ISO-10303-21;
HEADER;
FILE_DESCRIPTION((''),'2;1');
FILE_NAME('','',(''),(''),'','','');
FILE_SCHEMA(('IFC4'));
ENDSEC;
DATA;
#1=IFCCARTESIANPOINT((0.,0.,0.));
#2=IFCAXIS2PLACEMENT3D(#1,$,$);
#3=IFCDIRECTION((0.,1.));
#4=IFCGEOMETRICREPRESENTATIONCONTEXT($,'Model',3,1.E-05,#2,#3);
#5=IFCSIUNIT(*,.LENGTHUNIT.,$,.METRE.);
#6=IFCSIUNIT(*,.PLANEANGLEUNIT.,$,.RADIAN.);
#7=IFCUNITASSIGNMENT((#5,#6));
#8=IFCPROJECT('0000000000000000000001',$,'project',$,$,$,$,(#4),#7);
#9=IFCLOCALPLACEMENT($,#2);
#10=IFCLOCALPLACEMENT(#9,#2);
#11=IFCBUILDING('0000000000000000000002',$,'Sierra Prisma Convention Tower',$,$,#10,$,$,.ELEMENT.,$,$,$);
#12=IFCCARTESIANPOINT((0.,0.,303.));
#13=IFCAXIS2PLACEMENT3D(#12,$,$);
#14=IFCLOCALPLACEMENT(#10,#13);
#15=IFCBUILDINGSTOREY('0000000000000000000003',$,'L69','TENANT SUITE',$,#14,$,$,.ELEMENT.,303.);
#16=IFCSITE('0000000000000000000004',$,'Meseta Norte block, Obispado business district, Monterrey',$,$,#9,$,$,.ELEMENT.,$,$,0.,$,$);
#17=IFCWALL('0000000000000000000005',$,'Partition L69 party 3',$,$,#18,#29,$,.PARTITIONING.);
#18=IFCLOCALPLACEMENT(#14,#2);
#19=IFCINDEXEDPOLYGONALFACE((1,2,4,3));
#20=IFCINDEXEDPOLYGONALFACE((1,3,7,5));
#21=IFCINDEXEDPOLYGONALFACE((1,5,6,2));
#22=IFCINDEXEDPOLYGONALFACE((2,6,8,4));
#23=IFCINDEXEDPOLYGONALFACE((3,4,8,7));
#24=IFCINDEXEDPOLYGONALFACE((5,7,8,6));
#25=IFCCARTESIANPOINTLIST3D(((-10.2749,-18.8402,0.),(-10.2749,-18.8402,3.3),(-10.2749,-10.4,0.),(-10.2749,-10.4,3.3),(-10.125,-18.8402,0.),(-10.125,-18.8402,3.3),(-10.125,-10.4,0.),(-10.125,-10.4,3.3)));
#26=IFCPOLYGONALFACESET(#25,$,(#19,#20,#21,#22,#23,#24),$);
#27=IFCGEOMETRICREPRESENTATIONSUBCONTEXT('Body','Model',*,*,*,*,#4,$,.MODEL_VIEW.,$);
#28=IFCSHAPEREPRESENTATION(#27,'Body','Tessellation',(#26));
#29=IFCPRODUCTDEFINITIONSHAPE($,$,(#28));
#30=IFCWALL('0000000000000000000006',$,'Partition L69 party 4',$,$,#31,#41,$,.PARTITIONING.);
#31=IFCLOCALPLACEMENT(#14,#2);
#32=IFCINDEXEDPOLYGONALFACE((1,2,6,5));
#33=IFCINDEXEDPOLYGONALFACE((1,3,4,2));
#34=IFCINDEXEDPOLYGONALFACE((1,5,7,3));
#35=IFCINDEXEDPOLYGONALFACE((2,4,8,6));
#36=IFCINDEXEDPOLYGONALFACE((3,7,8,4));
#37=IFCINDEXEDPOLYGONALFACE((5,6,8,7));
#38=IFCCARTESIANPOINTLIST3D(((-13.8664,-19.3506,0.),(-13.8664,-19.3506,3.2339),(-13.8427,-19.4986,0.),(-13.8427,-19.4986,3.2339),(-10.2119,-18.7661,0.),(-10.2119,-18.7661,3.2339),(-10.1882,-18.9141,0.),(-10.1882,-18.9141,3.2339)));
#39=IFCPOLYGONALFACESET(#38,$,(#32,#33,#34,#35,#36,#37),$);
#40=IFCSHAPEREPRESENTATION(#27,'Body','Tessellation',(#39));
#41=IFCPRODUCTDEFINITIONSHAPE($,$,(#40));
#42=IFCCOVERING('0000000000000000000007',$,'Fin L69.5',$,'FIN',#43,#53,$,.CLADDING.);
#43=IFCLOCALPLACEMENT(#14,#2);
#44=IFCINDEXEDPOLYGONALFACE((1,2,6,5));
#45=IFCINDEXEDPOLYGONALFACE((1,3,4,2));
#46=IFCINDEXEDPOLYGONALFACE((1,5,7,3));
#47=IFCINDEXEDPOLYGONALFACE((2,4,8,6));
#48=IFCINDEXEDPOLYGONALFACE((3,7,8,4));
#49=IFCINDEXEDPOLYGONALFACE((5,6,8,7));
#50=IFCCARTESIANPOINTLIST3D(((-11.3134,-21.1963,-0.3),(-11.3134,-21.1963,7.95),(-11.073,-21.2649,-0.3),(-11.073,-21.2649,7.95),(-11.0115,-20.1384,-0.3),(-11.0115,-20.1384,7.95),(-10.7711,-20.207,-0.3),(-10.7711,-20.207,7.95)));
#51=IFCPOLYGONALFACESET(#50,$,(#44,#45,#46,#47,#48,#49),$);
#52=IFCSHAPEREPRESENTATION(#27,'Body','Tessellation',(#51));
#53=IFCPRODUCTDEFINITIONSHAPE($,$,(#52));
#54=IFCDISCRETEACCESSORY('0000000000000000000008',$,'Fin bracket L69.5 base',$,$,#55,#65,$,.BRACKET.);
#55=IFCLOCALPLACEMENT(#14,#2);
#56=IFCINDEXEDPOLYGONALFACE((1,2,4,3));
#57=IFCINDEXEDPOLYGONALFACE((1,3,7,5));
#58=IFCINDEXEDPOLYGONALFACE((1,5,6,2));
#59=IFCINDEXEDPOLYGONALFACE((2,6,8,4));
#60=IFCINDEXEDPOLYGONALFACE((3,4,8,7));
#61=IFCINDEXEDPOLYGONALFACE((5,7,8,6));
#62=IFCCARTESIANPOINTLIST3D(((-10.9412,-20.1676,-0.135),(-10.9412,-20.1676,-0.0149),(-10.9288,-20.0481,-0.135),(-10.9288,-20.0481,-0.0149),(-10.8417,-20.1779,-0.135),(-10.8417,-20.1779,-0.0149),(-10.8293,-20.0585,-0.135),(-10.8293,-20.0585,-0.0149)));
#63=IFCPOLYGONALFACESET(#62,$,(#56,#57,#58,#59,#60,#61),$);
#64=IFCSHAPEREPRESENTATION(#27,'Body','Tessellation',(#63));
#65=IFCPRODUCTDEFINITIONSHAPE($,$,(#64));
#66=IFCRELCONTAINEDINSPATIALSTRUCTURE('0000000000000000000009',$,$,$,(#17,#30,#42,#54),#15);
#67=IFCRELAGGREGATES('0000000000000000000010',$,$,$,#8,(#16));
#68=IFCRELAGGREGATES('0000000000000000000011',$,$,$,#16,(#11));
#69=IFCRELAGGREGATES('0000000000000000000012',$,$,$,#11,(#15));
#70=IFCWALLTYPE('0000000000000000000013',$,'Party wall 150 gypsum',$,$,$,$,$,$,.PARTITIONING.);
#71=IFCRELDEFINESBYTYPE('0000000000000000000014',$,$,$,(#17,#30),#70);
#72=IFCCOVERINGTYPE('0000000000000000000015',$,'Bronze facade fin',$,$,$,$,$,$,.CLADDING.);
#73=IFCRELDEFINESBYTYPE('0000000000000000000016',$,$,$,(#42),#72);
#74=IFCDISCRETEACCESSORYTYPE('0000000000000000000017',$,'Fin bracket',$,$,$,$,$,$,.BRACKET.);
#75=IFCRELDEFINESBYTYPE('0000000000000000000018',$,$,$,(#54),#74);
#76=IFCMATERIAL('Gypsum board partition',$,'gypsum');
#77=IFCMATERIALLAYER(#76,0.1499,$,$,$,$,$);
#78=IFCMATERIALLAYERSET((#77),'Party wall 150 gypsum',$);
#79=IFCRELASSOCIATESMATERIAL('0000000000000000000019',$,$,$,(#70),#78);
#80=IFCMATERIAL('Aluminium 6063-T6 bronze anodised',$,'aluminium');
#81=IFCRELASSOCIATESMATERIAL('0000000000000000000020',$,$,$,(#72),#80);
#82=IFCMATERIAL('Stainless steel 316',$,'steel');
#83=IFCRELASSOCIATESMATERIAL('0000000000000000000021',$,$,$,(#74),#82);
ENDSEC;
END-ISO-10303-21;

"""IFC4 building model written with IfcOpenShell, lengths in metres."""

from ifc_helpers import new_model, si_unit, direction, frame, frame_2d, origin, origin_2d, place, context, subcontext, project, spatial, rectangle, extrude, material, layer, layer_set, material_profile, profile_set, type_object, element, save


model = new_model("IFC4")

# Units and contexts
model_context = context("Model", 3, precision=1e-05, world=origin(), true_north=direction((0.0, 1.0)))
body_context = subcontext(model_context, "Body", "Model", "MODEL_VIEW")
ifc_project = project(units=[si_unit("LENGTHUNIT", "METRE"), si_unit("PLANEANGLEUNIT", "RADIAN")], contexts=[model_context])

# Site, building, storey
site_placement = place(None, origin())
site = spatial("IfcSite", under=ifc_project, at=site_placement, Name="Meseta Norte block, Obispado business district, Monterrey", CompositionType="ELEMENT", RefElevation=0.0)
building_placement = place(site_placement, origin())
building = spatial("IfcBuilding", under=site, at=building_placement, Name="Sierra Prisma Convention Tower", CompositionType="ELEMENT")
storey_placement = place(building_placement, frame((0.0, 0.0, 303.0)))
storey = spatial("IfcBuildingStorey", under=building, at=storey_placement, Name="L69", Description="TENANT SUITE", CompositionType="ELEMENT", Elevation=303.0)

# Walls
ifc_material_1 = material(Name="Gypsum board partition", Category="gypsum")
ifc_layer_1 = layer(ifc_material_1, 0.1499)
ifc_layer_set_1 = layer_set([ifc_layer_1], Name="Party wall 150 gypsum")
wall_type_1 = type_object("IfcWallType", Name="Party wall 150 gypsum", PredefinedType="PARTITIONING", material=ifc_layer_set_1)
wall_1_placement = place(storey_placement, frame((-10.2, -10.3999, 0.0), z_axis=(0.0, 0.0, 1.0), x_axis=(0.0, -1.0, 0.0)))
element("IfcWall", 1, at=wall_1_placement, inside=storey, type_object=wall_type_1, Name="Partition L69 party 3", PredefinedType="PARTITIONING", context=body_context, shape_type="SweptSolid", body=[
    extrude(rectangle(XDim=8.4402, YDim=0.1499, at=frame_2d((4.2202, 0.0))), origin(), (0.0, 0.0, 1.0), 3.3),
])
wall_2_placement = place(storey_placement, frame((-10.2, -18.8401, 0.0), z_axis=(0.0, 0.0, 1.0), x_axis=(-0.987451, -0.157924, 0.0)))
element("IfcWall", 2, at=wall_2_placement, inside=storey, type_object=wall_type_1, Name="Partition L69 party 4", PredefinedType="PARTITIONING", context=body_context, shape_type="SweptSolid", body=[
    extrude(rectangle(XDim=3.7009, YDim=0.1499, at=frame_2d((1.8506, 0.0))), origin(), (0.0, 0.0, 1.0), 3.2339),
])

# Covering
ifc_material_2 = material(Name="Aluminium 6063-T6 bronze anodised", Category="aluminium")
ifc_material_profile_1 = material_profile(ifc_material_2, rectangle(XDim=1.1001, YDim=0.25, at=origin_2d()), Name="ALU FIN 1100x250")
ifc_profile_set_1 = profile_set([ifc_material_profile_1], Name="Aluminium 6063-T6 bronze anodised")
covering_type = type_object("IfcCoveringType", Name="Bronze facade fin", PredefinedType="CLADDING", material=ifc_profile_set_1)
covering_placement = place(storey_placement, frame((-11.0422, -20.7017, -0.3), z_axis=(0.0, 0.0, 1.0), x_axis=(-0.274398, -0.961616, 0.0)))
element("IfcCovering", 3, at=covering_placement, inside=storey, type_object=covering_type, Name="Fin L69.5", ObjectType="FIN", PredefinedType="CLADDING", context=body_context, shape_type="SweptSolid", body=[
    extrude(rectangle(XDim=1.1001, YDim=0.25, at=origin_2d()), origin(), (0.0, 0.0, 1.0), 8.25),
])

# Discrete accessory
ifc_material_3 = material(Name="Stainless steel 316", Category="steel")
discrete_accessory_type = type_object("IfcDiscreteAccessoryType", Name="Fin bracket", PredefinedType="BRACKET", material=ifc_material_3)
discrete_accessory_placement = place(storey_placement, frame((-10.8853, -20.113, -0.135), z_axis=(0.0, 0.0, 1.0), x_axis=(-0.103246, -0.994656, 0.0)))
element("IfcDiscreteAccessory", 4, at=discrete_accessory_placement, inside=storey, type_object=discrete_accessory_type, Name="Fin bracket L69.5 base", PredefinedType="BRACKET", context=body_context, shape_type="SweptSolid", body=[
    extrude(rectangle(XDim=0.1201, YDim=0.1001, at=origin_2d()), origin(), (0.0, 0.0, 1.0), 0.1201),
])

save(model, "model.ifc")
